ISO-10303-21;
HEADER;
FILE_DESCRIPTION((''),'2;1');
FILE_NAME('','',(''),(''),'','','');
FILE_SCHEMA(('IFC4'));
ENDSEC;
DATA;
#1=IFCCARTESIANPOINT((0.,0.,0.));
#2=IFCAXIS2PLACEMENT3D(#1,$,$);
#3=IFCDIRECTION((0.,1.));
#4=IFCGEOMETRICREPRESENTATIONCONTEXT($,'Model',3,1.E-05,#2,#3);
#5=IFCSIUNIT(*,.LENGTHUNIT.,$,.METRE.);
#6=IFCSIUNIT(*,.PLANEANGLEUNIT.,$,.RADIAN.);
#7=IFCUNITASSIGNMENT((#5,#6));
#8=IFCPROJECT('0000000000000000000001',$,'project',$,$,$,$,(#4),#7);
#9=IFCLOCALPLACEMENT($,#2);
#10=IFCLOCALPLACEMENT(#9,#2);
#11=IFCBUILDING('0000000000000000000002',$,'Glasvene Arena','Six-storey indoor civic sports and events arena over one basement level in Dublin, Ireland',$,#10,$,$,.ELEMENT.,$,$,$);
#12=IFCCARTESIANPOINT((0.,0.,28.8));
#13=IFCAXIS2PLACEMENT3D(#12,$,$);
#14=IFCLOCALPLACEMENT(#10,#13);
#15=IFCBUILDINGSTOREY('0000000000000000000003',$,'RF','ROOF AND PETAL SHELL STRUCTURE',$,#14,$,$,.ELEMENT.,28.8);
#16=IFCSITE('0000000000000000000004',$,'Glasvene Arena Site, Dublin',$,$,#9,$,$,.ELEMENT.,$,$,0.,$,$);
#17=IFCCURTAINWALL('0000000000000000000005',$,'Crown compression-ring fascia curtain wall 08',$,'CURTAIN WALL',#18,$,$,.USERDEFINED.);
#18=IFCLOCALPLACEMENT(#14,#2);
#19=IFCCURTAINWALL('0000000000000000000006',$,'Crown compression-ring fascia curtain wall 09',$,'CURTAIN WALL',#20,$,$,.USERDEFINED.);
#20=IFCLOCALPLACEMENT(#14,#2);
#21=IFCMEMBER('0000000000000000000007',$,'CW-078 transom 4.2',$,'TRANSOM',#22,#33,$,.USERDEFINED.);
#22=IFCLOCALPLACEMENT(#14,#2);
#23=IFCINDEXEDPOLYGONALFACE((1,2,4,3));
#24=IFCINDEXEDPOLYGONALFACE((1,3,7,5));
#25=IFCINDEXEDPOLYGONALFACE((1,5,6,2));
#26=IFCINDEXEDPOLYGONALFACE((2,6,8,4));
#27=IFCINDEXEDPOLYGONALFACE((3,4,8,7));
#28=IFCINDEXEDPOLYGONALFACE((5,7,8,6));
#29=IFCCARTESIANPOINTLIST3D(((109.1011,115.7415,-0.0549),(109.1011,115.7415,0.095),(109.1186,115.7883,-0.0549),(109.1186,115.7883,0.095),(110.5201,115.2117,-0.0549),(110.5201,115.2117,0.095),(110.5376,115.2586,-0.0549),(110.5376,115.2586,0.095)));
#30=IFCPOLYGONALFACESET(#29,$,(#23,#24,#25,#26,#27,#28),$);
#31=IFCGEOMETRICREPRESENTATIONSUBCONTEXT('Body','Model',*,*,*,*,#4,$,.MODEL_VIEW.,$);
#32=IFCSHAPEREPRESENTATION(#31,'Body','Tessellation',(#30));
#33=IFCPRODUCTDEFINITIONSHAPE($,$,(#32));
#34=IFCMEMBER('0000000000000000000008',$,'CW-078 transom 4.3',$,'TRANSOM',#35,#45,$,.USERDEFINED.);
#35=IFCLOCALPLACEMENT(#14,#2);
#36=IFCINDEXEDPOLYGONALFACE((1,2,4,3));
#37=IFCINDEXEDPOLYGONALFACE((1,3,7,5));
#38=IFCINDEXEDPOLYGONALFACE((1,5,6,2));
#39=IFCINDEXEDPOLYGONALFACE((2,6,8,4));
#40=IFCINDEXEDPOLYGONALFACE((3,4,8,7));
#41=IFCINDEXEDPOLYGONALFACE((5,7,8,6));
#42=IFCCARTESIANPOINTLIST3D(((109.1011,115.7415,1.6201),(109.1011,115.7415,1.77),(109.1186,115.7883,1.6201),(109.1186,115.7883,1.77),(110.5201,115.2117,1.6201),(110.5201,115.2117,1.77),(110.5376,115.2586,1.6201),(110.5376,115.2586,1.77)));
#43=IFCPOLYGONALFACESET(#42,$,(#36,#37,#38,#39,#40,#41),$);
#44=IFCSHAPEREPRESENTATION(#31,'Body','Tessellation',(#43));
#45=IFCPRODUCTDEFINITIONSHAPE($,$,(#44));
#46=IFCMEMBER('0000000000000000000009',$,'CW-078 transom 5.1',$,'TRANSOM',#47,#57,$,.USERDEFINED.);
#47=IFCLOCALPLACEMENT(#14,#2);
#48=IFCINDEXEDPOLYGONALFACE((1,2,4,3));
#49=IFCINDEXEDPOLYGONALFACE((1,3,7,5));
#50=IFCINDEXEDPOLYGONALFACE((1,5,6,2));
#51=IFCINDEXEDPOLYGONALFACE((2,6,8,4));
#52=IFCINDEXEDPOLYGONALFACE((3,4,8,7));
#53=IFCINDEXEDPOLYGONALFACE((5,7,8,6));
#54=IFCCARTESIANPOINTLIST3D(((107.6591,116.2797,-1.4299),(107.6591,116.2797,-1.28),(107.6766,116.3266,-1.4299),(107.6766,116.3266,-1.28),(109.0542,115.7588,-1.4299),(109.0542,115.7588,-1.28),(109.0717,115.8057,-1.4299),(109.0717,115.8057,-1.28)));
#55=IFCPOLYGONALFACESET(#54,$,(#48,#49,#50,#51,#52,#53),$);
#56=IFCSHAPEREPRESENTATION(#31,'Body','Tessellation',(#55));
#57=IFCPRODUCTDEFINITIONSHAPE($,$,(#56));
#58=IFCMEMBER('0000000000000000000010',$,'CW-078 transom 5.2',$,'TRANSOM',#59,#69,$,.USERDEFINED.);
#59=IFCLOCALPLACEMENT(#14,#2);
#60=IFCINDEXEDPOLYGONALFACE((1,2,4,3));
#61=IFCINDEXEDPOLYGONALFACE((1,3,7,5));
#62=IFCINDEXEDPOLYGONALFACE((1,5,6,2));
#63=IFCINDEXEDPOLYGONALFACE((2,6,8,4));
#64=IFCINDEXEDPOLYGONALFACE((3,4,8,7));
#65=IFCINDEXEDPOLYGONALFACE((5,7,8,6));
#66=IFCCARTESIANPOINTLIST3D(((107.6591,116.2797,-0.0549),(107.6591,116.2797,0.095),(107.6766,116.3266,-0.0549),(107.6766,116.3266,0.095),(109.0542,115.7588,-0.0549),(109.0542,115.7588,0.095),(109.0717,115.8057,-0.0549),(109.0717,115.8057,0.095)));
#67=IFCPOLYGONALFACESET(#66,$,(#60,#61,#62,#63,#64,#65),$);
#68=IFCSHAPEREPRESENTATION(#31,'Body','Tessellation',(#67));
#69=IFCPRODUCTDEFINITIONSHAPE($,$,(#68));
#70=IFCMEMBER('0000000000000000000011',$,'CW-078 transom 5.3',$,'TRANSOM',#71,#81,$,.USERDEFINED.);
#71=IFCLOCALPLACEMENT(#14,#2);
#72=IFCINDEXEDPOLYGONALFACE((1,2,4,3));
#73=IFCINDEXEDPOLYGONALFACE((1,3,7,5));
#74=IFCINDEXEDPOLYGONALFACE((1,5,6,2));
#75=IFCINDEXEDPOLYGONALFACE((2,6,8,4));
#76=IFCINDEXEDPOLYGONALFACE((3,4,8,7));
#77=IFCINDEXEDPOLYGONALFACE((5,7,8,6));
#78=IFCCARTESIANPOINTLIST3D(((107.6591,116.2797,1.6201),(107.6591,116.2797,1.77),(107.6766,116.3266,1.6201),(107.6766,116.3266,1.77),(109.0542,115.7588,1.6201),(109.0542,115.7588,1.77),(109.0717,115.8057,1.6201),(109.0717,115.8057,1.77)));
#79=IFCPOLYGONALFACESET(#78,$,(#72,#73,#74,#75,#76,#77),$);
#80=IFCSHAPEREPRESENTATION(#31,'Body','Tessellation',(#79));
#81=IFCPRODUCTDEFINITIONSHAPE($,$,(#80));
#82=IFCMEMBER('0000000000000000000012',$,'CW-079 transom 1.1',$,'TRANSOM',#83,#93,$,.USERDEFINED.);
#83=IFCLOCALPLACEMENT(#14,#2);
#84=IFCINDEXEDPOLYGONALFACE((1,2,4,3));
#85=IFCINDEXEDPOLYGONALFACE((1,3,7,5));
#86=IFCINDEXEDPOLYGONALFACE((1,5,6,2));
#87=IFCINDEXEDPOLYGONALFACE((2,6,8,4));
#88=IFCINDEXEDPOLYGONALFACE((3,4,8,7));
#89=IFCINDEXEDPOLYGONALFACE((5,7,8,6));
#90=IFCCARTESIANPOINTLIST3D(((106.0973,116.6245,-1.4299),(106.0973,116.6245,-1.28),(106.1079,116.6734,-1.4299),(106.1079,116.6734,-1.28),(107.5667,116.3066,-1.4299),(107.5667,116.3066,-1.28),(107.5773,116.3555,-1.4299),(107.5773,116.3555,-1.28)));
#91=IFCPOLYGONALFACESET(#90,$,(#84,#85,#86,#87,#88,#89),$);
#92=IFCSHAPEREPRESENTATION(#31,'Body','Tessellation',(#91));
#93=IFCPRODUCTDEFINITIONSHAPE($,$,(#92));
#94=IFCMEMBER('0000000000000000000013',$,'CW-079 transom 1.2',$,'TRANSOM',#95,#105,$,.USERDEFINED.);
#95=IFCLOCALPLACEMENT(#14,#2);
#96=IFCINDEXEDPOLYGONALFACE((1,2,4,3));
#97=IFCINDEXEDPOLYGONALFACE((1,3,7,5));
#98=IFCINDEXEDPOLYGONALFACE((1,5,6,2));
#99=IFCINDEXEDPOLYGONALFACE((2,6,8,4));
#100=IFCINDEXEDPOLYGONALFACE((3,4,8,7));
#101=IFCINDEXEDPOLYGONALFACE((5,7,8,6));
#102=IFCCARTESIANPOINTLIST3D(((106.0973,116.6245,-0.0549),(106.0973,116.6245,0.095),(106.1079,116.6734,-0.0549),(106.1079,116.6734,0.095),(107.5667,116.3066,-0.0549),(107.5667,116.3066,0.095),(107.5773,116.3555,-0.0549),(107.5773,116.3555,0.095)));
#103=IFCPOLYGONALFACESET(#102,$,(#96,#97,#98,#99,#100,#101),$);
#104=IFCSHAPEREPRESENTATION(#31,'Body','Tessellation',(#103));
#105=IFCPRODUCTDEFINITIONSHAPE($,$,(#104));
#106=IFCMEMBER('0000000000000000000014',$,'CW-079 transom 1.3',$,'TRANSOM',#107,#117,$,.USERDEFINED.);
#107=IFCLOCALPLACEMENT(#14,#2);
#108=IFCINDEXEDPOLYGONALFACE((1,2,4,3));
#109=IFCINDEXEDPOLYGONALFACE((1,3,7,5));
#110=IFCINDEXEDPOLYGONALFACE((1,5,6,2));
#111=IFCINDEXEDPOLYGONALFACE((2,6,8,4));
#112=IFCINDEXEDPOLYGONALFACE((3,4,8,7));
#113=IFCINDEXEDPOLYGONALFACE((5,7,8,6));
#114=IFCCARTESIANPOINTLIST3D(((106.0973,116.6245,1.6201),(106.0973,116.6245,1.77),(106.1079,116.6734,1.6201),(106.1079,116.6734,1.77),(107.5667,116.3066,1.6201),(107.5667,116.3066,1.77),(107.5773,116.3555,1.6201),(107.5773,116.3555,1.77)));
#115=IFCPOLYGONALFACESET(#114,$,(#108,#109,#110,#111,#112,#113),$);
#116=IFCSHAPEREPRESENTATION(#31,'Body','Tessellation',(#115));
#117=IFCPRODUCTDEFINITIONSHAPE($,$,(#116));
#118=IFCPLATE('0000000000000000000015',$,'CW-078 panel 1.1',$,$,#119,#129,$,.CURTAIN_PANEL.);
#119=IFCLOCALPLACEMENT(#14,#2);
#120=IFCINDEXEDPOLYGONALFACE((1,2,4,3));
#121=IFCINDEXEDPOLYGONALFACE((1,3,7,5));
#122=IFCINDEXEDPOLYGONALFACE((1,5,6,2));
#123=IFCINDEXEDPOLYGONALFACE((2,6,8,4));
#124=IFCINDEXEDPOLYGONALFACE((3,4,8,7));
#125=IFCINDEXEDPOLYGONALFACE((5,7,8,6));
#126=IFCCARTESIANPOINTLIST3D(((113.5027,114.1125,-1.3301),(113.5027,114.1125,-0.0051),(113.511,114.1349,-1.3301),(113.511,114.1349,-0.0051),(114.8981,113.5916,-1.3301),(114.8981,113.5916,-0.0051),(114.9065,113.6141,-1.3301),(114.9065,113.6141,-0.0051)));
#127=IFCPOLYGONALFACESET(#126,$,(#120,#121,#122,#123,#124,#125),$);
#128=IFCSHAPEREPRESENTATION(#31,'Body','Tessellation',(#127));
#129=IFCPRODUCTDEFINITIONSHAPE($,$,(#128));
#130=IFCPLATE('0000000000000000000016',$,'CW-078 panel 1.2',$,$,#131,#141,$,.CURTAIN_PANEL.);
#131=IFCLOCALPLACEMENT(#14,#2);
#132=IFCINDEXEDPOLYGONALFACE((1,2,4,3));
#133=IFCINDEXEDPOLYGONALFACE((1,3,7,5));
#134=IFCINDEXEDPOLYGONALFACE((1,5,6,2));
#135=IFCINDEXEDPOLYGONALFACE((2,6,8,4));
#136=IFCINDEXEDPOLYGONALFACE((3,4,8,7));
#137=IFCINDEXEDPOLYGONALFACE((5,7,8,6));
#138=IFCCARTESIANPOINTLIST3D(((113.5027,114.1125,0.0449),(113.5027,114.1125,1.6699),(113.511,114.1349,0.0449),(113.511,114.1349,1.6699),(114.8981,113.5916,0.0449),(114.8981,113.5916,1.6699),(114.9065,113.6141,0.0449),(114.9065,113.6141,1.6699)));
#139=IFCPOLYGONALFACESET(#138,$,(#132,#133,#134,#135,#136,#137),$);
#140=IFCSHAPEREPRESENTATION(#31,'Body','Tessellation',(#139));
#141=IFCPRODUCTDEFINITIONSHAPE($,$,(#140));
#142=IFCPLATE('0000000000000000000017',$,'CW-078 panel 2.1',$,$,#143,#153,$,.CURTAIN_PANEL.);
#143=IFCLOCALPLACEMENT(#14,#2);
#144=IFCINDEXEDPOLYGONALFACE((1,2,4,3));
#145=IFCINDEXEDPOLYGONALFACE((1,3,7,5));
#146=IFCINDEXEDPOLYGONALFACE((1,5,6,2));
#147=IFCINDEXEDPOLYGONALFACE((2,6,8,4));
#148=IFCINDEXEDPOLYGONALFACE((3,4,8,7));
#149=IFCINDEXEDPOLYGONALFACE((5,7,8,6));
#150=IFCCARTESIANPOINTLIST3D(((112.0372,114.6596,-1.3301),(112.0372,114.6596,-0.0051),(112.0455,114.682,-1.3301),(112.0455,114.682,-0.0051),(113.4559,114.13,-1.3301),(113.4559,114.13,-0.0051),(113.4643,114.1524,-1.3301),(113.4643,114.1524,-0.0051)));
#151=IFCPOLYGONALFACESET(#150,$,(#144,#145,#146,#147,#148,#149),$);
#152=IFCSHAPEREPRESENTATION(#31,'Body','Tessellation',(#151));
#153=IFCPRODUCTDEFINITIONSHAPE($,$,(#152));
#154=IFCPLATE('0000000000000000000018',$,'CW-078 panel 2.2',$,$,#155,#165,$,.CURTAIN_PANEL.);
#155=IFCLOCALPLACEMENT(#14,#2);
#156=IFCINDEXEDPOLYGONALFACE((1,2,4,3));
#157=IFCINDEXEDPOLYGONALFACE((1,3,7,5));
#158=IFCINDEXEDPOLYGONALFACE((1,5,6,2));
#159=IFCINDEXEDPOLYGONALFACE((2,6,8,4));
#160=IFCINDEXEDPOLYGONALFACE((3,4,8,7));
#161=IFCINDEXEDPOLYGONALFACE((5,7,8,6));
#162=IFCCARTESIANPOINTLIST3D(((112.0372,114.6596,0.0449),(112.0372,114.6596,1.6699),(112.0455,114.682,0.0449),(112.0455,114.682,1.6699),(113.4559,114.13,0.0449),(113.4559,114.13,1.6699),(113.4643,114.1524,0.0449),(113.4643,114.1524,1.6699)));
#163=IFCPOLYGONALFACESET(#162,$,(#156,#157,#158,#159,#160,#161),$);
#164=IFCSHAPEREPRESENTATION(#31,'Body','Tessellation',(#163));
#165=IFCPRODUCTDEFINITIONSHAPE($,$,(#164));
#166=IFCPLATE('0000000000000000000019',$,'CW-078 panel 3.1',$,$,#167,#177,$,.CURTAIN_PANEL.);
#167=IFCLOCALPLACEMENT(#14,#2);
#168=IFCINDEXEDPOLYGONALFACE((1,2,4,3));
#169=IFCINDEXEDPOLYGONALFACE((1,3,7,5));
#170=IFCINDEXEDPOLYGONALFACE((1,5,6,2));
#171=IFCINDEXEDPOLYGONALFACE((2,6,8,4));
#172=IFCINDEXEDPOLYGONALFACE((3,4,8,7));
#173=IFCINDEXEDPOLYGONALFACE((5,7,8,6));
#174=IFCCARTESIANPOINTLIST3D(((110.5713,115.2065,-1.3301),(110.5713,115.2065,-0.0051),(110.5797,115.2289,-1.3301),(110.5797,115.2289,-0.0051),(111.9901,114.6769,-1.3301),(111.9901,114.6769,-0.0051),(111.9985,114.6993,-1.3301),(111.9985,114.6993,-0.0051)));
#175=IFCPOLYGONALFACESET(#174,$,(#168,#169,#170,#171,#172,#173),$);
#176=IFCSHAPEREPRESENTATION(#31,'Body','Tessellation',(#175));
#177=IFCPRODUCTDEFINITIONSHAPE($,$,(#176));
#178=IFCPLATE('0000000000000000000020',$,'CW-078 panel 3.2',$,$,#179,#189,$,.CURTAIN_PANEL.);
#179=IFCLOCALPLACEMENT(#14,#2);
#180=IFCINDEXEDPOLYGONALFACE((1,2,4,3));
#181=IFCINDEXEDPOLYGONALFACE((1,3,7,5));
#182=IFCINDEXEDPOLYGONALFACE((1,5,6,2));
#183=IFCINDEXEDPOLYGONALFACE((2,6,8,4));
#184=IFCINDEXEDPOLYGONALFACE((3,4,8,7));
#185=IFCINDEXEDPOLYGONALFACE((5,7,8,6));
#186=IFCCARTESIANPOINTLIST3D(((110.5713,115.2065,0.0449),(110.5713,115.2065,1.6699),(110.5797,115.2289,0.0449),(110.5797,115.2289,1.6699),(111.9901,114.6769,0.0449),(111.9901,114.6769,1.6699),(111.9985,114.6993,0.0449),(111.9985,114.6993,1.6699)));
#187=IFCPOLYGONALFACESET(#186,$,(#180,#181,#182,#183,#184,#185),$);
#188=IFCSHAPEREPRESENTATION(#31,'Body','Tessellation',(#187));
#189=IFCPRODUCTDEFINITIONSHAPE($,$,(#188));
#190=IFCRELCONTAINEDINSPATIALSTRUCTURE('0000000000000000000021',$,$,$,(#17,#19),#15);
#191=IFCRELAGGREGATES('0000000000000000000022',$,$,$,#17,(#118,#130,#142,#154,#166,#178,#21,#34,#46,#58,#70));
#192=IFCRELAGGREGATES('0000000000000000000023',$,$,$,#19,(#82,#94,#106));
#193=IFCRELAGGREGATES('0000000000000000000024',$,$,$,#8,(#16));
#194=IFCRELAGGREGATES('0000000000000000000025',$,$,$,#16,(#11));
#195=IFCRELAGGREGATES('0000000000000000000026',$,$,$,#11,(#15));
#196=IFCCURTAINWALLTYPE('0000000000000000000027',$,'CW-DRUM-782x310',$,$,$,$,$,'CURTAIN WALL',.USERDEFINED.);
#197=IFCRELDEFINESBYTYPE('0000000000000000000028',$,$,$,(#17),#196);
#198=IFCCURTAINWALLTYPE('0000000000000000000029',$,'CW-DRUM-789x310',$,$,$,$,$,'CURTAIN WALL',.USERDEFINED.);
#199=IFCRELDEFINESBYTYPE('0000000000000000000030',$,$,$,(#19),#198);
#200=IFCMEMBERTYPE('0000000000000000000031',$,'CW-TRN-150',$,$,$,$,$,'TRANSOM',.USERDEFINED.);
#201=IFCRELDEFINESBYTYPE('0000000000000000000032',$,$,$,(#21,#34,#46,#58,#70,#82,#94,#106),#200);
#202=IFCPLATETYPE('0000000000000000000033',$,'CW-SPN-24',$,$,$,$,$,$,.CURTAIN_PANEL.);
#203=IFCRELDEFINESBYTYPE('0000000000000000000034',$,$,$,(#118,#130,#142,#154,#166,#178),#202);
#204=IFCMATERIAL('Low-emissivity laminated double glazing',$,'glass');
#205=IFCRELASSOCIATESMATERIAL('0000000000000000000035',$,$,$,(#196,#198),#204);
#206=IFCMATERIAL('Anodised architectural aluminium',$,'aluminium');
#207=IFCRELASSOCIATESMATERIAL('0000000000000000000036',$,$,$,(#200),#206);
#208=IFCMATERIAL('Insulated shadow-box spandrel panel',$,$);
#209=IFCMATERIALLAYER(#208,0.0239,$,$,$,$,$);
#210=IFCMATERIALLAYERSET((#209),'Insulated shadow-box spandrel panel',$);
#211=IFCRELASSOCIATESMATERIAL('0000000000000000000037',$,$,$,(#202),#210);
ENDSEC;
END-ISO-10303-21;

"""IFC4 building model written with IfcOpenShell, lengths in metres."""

from ifc_helpers import new_model, si_unit, direction, frame, origin, origin_2d, place, context, subcontext, project, spatial, rectangle, extrude, material, layer, layer_set, material_profile, profile_set, type_object, element, aggregate, save


model = new_model("IFC4")

# Units and contexts
model_context = context("Model", 3, precision=1e-05, world=origin(), true_north=direction((0.0, 1.0)))
body_context = subcontext(model_context, "Body", "Model", "MODEL_VIEW")
ifc_project = project(units=[si_unit("LENGTHUNIT", "METRE"), si_unit("PLANEANGLEUNIT", "RADIAN")], contexts=[model_context])

# Site, building, storey
site_placement = place(None, origin())
site = spatial("IfcSite", under=ifc_project, at=site_placement, Name="Glasvene Arena Site, Dublin", CompositionType="ELEMENT", RefElevation=0.0)
building_placement = place(site_placement, origin())
building = spatial("IfcBuilding", under=site, at=building_placement, Name="Glasvene Arena", Description="Six-storey indoor civic sports and events arena over one basement level in Dublin, Ireland", CompositionType="ELEMENT")
storey_placement = place(building_placement, frame((0.0, 0.0, 28.8)))
storey = spatial("IfcBuildingStorey", under=building, at=storey_placement, Name="RF", Description="ROOF AND PETAL SHELL STRUCTURE", CompositionType="ELEMENT", Elevation=28.8)

# Curtain wall
ifc_material_1 = material(Name="Low-emissivity laminated double glazing", Category="glass")
curtain_wall_type_1 = type_object("IfcCurtainWallType", Name="CW-DRUM-782x310", ElementType="CURTAIN WALL", PredefinedType="USERDEFINED", material=ifc_material_1)
curtain_wall_1_placement = place(storey_placement, frame((114.9492, 113.5852, 0.0)))
curtain_wall_1 = element("IfcCurtainWall", 1, at=curtain_wall_1_placement, inside=storey, type_object=curtain_wall_type_1, Name="Crown compression-ring fascia curtain wall 08", ObjectType="CURTAIN WALL", PredefinedType="USERDEFINED")
ifc_material_2 = material(Name="Anodised architectural aluminium", Category="aluminium")

# Curtain wall
curtain_wall_type_2 = type_object("IfcCurtainWallType", Name="CW-DRUM-789x310", ElementType="CURTAIN WALL", PredefinedType="USERDEFINED", material=ifc_material_1)
curtain_wall_2_placement = place(storey_placement, frame((107.6208, 116.3206, 0.0)))
curtain_wall_2 = element("IfcCurtainWall", 2, at=curtain_wall_2_placement, inside=storey, type_object=curtain_wall_type_2, Name="Crown compression-ring fascia curtain wall 09", ObjectType="CURTAIN WALL", PredefinedType="USERDEFINED")

# Members
ifc_material_profile_1 = material_profile(ifc_material_2, rectangle(XDim=0.05, YDim=0.1499, at=origin_2d()), Name="ALU TRANSOM 50x150")
ifc_profile_set_1 = profile_set([ifc_material_profile_1], Name="Anodised architectural aluminium")
member_type_1 = type_object("IfcMemberType", Name="CW-TRN-150", ElementType="TRANSOM", PredefinedType="USERDEFINED", material=ifc_profile_set_1)
member_1_placement = place(storey_placement, frame((110.5288, 115.2351, 0.02), z_axis=(-0.936832, 0.349781, 0.0), x_axis=(-0.349781, -0.936832, 0.0)))
member_1 = element("IfcMember", 3, at=member_1_placement, type_object=member_type_1, Name="CW-078 transom 4.2", ObjectType="TRANSOM", PredefinedType="USERDEFINED", context=body_context, shape_type="SweptSolid", body=[
    extrude(rectangle(XDim=0.05, YDim=0.1499, at=origin_2d()), origin(), (0.0, 0.0, 1.0), 1.5146),
])
member_2_placement = place(storey_placement, frame((110.5288, 115.2351, 1.6951), z_axis=(-0.936832, 0.349781, 0.0), x_axis=(-0.349781, -0.936832, 0.0)))
member_2 = element("IfcMember", 4, at=member_2_placement, type_object=member_type_1, Name="CW-078 transom 4.3", ObjectType="TRANSOM", PredefinedType="USERDEFINED", context=body_context, shape_type="SweptSolid", body=[
    extrude(rectangle(XDim=0.05, YDim=0.1499, at=origin_2d()), origin(), (0.0, 0.0, 1.0), 1.5146),
])
member_3_placement = place(storey_placement, frame((109.063, 115.7822, -1.355), z_axis=(-0.93682, 0.349812, 0.0), x_axis=(-0.349812, -0.93682, 0.0)))
member_3 = element("IfcMember", 5, at=member_3_placement, type_object=member_type_1, Name="CW-078 transom 5.1", ObjectType="TRANSOM", PredefinedType="USERDEFINED", context=body_context, shape_type="SweptSolid", body=[
    extrude(rectangle(XDim=0.05, YDim=0.1499, at=origin_2d()), origin(), (0.0, 0.0, 1.0), 1.4893),
])
member_4_placement = place(storey_placement, frame((109.063, 115.7822, 0.02), z_axis=(-0.93682, 0.349812, 0.0), x_axis=(-0.349812, -0.93682, 0.0)))
member_4 = element("IfcMember", 6, at=member_4_placement, type_object=member_type_1, Name="CW-078 transom 5.2", ObjectType="TRANSOM", PredefinedType="USERDEFINED", context=body_context, shape_type="SweptSolid", body=[
    extrude(rectangle(XDim=0.05, YDim=0.1499, at=origin_2d()), origin(), (0.0, 0.0, 1.0), 1.4893),
])
member_5_placement = place(storey_placement, frame((109.063, 115.7822, 1.6951), z_axis=(-0.93682, 0.349812, 0.0), x_axis=(-0.349812, -0.93682, 0.0)))
member_5 = element("IfcMember", 7, at=member_5_placement, type_object=member_type_1, Name="CW-078 transom 5.3", ObjectType="TRANSOM", PredefinedType="USERDEFINED", context=body_context, shape_type="SweptSolid", body=[
    extrude(rectangle(XDim=0.05, YDim=0.1499, at=origin_2d()), origin(), (0.0, 0.0, 1.0), 1.4893),
])
member_6_placement = place(storey_placement, frame((107.572, 116.3311, -1.355), z_axis=(-0.977394, 0.211425, 0.0), x_axis=(-0.211425, -0.977394, 0.0)))
member_6 = element("IfcMember", 8, at=member_6_placement, type_object=member_type_1, Name="CW-079 transom 1.1", ObjectType="TRANSOM", PredefinedType="USERDEFINED", context=body_context, shape_type="SweptSolid", body=[
    extrude(rectangle(XDim=0.05, YDim=0.1499, at=origin_2d()), origin(), (0.0, 0.0, 1.0), 1.5034),
])
member_7_placement = place(storey_placement, frame((107.572, 116.3311, 0.02), z_axis=(-0.977394, 0.211425, 0.0), x_axis=(-0.211425, -0.977394, 0.0)))
member_7 = element("IfcMember", 9, at=member_7_placement, type_object=member_type_1, Name="CW-079 transom 1.2", ObjectType="TRANSOM", PredefinedType="USERDEFINED", context=body_context, shape_type="SweptSolid", body=[
    extrude(rectangle(XDim=0.05, YDim=0.1499, at=origin_2d()), origin(), (0.0, 0.0, 1.0), 1.5034),
])
member_8_placement = place(storey_placement, frame((107.572, 116.3311, 1.6951), z_axis=(-0.977394, 0.211425, 0.0), x_axis=(-0.211425, -0.977394, 0.0)))
member_8 = element("IfcMember", 10, at=member_8_placement, type_object=member_type_1, Name="CW-079 transom 1.3", ObjectType="TRANSOM", PredefinedType="USERDEFINED", context=body_context, shape_type="SweptSolid", body=[
    extrude(rectangle(XDim=0.05, YDim=0.1499, at=origin_2d()), origin(), (0.0, 0.0, 1.0), 1.5034),
])

# Plates
ifc_material_3 = material(Name="Insulated shadow-box spandrel panel")
ifc_layer_1 = layer(ifc_material_3, 0.0239)
ifc_layer_set_1 = layer_set([ifc_layer_1], Name="Insulated shadow-box spandrel panel")
plate_type_1 = type_object("IfcPlateType", Name="CW-SPN-24", PredefinedType="CURTAIN_PANEL", material=ifc_layer_set_1)
plate_1_placement = place(storey_placement, frame((114.2046, 113.8633, -1.3301), z_axis=(0.0, 0.0, 1.0), x_axis=(-0.936868, 0.349683, 0.0)))
plate_1 = element("IfcPlate", 11, at=plate_1_placement, type_object=plate_type_1, Name="CW-078 panel 1.1", PredefinedType="CURTAIN_PANEL", context=body_context, shape_type="SweptSolid", body=[
    extrude(rectangle(XDim=1.4895, YDim=0.0239, at=origin_2d()), origin(), (0.0, 0.0, 1.0), 1.325),
])
plate_2_placement = place(storey_placement, frame((114.2046, 113.8633, 0.0449), z_axis=(0.0, 0.0, 1.0), x_axis=(-0.936868, 0.349683, 0.0)))
plate_2 = element("IfcPlate", 12, at=plate_2_placement, type_object=plate_type_1, Name="CW-078 panel 1.2", PredefinedType="CURTAIN_PANEL", context=body_context, shape_type="SweptSolid", body=[
    extrude(rectangle(XDim=1.4895, YDim=0.0239, at=origin_2d()), origin(), (0.0, 0.0, 1.0), 1.625),
])
plate_3_placement = place(storey_placement, frame((112.7507, 114.406, -1.3301), z_axis=(0.0, 0.0, 1.0), x_axis=(-0.936868, 0.349683, 0.0)))
plate_3 = element("IfcPlate", 13, at=plate_3_placement, type_object=plate_type_1, Name="CW-078 panel 2.1", PredefinedType="CURTAIN_PANEL", context=body_context, shape_type="SweptSolid", body=[
    extrude(rectangle(XDim=1.5144, YDim=0.0239, at=origin_2d()), origin(), (0.0, 0.0, 1.0), 1.325),
])
plate_4_placement = place(storey_placement, frame((112.7507, 114.406, 0.0449), z_axis=(0.0, 0.0, 1.0), x_axis=(-0.936868, 0.349683, 0.0)))
plate_4 = element("IfcPlate", 14, at=plate_4_placement, type_object=plate_type_1, Name="CW-078 panel 2.2", PredefinedType="CURTAIN_PANEL", context=body_context, shape_type="SweptSolid", body=[
    extrude(rectangle(XDim=1.5144, YDim=0.0239, at=origin_2d()), origin(), (0.0, 0.0, 1.0), 1.625),
])
plate_5_placement = place(storey_placement, frame((111.2849, 114.9529, -1.3301), z_axis=(0.0, 0.0, 1.0), x_axis=(-0.936868, 0.349683, 0.0)))
plate_5 = element("IfcPlate", 15, at=plate_5_placement, type_object=plate_type_1, Name="CW-078 panel 3.1", PredefinedType="CURTAIN_PANEL", context=body_context, shape_type="SweptSolid", body=[
    extrude(rectangle(XDim=1.5144, YDim=0.0239, at=origin_2d()), origin(), (0.0, 0.0, 1.0), 1.325),
])
plate_6_placement = place(storey_placement, frame((111.2849, 114.9529, 0.0449), z_axis=(0.0, 0.0, 1.0), x_axis=(-0.936868, 0.349683, 0.0)))
plate_6 = element("IfcPlate", 16, at=plate_6_placement, type_object=plate_type_1, Name="CW-078 panel 3.2", PredefinedType="CURTAIN_PANEL", context=body_context, shape_type="SweptSolid", body=[
    extrude(rectangle(XDim=1.5144, YDim=0.0239, at=origin_2d()), origin(), (0.0, 0.0, 1.0), 1.625),
])
aggregate(curtain_wall_1, [plate_1, plate_2, plate_3, plate_4, plate_5, plate_6, member_1, member_2, member_3, member_4, member_5])
aggregate(curtain_wall_2, [member_6, member_7, member_8])

save(model, "model.ifc")
